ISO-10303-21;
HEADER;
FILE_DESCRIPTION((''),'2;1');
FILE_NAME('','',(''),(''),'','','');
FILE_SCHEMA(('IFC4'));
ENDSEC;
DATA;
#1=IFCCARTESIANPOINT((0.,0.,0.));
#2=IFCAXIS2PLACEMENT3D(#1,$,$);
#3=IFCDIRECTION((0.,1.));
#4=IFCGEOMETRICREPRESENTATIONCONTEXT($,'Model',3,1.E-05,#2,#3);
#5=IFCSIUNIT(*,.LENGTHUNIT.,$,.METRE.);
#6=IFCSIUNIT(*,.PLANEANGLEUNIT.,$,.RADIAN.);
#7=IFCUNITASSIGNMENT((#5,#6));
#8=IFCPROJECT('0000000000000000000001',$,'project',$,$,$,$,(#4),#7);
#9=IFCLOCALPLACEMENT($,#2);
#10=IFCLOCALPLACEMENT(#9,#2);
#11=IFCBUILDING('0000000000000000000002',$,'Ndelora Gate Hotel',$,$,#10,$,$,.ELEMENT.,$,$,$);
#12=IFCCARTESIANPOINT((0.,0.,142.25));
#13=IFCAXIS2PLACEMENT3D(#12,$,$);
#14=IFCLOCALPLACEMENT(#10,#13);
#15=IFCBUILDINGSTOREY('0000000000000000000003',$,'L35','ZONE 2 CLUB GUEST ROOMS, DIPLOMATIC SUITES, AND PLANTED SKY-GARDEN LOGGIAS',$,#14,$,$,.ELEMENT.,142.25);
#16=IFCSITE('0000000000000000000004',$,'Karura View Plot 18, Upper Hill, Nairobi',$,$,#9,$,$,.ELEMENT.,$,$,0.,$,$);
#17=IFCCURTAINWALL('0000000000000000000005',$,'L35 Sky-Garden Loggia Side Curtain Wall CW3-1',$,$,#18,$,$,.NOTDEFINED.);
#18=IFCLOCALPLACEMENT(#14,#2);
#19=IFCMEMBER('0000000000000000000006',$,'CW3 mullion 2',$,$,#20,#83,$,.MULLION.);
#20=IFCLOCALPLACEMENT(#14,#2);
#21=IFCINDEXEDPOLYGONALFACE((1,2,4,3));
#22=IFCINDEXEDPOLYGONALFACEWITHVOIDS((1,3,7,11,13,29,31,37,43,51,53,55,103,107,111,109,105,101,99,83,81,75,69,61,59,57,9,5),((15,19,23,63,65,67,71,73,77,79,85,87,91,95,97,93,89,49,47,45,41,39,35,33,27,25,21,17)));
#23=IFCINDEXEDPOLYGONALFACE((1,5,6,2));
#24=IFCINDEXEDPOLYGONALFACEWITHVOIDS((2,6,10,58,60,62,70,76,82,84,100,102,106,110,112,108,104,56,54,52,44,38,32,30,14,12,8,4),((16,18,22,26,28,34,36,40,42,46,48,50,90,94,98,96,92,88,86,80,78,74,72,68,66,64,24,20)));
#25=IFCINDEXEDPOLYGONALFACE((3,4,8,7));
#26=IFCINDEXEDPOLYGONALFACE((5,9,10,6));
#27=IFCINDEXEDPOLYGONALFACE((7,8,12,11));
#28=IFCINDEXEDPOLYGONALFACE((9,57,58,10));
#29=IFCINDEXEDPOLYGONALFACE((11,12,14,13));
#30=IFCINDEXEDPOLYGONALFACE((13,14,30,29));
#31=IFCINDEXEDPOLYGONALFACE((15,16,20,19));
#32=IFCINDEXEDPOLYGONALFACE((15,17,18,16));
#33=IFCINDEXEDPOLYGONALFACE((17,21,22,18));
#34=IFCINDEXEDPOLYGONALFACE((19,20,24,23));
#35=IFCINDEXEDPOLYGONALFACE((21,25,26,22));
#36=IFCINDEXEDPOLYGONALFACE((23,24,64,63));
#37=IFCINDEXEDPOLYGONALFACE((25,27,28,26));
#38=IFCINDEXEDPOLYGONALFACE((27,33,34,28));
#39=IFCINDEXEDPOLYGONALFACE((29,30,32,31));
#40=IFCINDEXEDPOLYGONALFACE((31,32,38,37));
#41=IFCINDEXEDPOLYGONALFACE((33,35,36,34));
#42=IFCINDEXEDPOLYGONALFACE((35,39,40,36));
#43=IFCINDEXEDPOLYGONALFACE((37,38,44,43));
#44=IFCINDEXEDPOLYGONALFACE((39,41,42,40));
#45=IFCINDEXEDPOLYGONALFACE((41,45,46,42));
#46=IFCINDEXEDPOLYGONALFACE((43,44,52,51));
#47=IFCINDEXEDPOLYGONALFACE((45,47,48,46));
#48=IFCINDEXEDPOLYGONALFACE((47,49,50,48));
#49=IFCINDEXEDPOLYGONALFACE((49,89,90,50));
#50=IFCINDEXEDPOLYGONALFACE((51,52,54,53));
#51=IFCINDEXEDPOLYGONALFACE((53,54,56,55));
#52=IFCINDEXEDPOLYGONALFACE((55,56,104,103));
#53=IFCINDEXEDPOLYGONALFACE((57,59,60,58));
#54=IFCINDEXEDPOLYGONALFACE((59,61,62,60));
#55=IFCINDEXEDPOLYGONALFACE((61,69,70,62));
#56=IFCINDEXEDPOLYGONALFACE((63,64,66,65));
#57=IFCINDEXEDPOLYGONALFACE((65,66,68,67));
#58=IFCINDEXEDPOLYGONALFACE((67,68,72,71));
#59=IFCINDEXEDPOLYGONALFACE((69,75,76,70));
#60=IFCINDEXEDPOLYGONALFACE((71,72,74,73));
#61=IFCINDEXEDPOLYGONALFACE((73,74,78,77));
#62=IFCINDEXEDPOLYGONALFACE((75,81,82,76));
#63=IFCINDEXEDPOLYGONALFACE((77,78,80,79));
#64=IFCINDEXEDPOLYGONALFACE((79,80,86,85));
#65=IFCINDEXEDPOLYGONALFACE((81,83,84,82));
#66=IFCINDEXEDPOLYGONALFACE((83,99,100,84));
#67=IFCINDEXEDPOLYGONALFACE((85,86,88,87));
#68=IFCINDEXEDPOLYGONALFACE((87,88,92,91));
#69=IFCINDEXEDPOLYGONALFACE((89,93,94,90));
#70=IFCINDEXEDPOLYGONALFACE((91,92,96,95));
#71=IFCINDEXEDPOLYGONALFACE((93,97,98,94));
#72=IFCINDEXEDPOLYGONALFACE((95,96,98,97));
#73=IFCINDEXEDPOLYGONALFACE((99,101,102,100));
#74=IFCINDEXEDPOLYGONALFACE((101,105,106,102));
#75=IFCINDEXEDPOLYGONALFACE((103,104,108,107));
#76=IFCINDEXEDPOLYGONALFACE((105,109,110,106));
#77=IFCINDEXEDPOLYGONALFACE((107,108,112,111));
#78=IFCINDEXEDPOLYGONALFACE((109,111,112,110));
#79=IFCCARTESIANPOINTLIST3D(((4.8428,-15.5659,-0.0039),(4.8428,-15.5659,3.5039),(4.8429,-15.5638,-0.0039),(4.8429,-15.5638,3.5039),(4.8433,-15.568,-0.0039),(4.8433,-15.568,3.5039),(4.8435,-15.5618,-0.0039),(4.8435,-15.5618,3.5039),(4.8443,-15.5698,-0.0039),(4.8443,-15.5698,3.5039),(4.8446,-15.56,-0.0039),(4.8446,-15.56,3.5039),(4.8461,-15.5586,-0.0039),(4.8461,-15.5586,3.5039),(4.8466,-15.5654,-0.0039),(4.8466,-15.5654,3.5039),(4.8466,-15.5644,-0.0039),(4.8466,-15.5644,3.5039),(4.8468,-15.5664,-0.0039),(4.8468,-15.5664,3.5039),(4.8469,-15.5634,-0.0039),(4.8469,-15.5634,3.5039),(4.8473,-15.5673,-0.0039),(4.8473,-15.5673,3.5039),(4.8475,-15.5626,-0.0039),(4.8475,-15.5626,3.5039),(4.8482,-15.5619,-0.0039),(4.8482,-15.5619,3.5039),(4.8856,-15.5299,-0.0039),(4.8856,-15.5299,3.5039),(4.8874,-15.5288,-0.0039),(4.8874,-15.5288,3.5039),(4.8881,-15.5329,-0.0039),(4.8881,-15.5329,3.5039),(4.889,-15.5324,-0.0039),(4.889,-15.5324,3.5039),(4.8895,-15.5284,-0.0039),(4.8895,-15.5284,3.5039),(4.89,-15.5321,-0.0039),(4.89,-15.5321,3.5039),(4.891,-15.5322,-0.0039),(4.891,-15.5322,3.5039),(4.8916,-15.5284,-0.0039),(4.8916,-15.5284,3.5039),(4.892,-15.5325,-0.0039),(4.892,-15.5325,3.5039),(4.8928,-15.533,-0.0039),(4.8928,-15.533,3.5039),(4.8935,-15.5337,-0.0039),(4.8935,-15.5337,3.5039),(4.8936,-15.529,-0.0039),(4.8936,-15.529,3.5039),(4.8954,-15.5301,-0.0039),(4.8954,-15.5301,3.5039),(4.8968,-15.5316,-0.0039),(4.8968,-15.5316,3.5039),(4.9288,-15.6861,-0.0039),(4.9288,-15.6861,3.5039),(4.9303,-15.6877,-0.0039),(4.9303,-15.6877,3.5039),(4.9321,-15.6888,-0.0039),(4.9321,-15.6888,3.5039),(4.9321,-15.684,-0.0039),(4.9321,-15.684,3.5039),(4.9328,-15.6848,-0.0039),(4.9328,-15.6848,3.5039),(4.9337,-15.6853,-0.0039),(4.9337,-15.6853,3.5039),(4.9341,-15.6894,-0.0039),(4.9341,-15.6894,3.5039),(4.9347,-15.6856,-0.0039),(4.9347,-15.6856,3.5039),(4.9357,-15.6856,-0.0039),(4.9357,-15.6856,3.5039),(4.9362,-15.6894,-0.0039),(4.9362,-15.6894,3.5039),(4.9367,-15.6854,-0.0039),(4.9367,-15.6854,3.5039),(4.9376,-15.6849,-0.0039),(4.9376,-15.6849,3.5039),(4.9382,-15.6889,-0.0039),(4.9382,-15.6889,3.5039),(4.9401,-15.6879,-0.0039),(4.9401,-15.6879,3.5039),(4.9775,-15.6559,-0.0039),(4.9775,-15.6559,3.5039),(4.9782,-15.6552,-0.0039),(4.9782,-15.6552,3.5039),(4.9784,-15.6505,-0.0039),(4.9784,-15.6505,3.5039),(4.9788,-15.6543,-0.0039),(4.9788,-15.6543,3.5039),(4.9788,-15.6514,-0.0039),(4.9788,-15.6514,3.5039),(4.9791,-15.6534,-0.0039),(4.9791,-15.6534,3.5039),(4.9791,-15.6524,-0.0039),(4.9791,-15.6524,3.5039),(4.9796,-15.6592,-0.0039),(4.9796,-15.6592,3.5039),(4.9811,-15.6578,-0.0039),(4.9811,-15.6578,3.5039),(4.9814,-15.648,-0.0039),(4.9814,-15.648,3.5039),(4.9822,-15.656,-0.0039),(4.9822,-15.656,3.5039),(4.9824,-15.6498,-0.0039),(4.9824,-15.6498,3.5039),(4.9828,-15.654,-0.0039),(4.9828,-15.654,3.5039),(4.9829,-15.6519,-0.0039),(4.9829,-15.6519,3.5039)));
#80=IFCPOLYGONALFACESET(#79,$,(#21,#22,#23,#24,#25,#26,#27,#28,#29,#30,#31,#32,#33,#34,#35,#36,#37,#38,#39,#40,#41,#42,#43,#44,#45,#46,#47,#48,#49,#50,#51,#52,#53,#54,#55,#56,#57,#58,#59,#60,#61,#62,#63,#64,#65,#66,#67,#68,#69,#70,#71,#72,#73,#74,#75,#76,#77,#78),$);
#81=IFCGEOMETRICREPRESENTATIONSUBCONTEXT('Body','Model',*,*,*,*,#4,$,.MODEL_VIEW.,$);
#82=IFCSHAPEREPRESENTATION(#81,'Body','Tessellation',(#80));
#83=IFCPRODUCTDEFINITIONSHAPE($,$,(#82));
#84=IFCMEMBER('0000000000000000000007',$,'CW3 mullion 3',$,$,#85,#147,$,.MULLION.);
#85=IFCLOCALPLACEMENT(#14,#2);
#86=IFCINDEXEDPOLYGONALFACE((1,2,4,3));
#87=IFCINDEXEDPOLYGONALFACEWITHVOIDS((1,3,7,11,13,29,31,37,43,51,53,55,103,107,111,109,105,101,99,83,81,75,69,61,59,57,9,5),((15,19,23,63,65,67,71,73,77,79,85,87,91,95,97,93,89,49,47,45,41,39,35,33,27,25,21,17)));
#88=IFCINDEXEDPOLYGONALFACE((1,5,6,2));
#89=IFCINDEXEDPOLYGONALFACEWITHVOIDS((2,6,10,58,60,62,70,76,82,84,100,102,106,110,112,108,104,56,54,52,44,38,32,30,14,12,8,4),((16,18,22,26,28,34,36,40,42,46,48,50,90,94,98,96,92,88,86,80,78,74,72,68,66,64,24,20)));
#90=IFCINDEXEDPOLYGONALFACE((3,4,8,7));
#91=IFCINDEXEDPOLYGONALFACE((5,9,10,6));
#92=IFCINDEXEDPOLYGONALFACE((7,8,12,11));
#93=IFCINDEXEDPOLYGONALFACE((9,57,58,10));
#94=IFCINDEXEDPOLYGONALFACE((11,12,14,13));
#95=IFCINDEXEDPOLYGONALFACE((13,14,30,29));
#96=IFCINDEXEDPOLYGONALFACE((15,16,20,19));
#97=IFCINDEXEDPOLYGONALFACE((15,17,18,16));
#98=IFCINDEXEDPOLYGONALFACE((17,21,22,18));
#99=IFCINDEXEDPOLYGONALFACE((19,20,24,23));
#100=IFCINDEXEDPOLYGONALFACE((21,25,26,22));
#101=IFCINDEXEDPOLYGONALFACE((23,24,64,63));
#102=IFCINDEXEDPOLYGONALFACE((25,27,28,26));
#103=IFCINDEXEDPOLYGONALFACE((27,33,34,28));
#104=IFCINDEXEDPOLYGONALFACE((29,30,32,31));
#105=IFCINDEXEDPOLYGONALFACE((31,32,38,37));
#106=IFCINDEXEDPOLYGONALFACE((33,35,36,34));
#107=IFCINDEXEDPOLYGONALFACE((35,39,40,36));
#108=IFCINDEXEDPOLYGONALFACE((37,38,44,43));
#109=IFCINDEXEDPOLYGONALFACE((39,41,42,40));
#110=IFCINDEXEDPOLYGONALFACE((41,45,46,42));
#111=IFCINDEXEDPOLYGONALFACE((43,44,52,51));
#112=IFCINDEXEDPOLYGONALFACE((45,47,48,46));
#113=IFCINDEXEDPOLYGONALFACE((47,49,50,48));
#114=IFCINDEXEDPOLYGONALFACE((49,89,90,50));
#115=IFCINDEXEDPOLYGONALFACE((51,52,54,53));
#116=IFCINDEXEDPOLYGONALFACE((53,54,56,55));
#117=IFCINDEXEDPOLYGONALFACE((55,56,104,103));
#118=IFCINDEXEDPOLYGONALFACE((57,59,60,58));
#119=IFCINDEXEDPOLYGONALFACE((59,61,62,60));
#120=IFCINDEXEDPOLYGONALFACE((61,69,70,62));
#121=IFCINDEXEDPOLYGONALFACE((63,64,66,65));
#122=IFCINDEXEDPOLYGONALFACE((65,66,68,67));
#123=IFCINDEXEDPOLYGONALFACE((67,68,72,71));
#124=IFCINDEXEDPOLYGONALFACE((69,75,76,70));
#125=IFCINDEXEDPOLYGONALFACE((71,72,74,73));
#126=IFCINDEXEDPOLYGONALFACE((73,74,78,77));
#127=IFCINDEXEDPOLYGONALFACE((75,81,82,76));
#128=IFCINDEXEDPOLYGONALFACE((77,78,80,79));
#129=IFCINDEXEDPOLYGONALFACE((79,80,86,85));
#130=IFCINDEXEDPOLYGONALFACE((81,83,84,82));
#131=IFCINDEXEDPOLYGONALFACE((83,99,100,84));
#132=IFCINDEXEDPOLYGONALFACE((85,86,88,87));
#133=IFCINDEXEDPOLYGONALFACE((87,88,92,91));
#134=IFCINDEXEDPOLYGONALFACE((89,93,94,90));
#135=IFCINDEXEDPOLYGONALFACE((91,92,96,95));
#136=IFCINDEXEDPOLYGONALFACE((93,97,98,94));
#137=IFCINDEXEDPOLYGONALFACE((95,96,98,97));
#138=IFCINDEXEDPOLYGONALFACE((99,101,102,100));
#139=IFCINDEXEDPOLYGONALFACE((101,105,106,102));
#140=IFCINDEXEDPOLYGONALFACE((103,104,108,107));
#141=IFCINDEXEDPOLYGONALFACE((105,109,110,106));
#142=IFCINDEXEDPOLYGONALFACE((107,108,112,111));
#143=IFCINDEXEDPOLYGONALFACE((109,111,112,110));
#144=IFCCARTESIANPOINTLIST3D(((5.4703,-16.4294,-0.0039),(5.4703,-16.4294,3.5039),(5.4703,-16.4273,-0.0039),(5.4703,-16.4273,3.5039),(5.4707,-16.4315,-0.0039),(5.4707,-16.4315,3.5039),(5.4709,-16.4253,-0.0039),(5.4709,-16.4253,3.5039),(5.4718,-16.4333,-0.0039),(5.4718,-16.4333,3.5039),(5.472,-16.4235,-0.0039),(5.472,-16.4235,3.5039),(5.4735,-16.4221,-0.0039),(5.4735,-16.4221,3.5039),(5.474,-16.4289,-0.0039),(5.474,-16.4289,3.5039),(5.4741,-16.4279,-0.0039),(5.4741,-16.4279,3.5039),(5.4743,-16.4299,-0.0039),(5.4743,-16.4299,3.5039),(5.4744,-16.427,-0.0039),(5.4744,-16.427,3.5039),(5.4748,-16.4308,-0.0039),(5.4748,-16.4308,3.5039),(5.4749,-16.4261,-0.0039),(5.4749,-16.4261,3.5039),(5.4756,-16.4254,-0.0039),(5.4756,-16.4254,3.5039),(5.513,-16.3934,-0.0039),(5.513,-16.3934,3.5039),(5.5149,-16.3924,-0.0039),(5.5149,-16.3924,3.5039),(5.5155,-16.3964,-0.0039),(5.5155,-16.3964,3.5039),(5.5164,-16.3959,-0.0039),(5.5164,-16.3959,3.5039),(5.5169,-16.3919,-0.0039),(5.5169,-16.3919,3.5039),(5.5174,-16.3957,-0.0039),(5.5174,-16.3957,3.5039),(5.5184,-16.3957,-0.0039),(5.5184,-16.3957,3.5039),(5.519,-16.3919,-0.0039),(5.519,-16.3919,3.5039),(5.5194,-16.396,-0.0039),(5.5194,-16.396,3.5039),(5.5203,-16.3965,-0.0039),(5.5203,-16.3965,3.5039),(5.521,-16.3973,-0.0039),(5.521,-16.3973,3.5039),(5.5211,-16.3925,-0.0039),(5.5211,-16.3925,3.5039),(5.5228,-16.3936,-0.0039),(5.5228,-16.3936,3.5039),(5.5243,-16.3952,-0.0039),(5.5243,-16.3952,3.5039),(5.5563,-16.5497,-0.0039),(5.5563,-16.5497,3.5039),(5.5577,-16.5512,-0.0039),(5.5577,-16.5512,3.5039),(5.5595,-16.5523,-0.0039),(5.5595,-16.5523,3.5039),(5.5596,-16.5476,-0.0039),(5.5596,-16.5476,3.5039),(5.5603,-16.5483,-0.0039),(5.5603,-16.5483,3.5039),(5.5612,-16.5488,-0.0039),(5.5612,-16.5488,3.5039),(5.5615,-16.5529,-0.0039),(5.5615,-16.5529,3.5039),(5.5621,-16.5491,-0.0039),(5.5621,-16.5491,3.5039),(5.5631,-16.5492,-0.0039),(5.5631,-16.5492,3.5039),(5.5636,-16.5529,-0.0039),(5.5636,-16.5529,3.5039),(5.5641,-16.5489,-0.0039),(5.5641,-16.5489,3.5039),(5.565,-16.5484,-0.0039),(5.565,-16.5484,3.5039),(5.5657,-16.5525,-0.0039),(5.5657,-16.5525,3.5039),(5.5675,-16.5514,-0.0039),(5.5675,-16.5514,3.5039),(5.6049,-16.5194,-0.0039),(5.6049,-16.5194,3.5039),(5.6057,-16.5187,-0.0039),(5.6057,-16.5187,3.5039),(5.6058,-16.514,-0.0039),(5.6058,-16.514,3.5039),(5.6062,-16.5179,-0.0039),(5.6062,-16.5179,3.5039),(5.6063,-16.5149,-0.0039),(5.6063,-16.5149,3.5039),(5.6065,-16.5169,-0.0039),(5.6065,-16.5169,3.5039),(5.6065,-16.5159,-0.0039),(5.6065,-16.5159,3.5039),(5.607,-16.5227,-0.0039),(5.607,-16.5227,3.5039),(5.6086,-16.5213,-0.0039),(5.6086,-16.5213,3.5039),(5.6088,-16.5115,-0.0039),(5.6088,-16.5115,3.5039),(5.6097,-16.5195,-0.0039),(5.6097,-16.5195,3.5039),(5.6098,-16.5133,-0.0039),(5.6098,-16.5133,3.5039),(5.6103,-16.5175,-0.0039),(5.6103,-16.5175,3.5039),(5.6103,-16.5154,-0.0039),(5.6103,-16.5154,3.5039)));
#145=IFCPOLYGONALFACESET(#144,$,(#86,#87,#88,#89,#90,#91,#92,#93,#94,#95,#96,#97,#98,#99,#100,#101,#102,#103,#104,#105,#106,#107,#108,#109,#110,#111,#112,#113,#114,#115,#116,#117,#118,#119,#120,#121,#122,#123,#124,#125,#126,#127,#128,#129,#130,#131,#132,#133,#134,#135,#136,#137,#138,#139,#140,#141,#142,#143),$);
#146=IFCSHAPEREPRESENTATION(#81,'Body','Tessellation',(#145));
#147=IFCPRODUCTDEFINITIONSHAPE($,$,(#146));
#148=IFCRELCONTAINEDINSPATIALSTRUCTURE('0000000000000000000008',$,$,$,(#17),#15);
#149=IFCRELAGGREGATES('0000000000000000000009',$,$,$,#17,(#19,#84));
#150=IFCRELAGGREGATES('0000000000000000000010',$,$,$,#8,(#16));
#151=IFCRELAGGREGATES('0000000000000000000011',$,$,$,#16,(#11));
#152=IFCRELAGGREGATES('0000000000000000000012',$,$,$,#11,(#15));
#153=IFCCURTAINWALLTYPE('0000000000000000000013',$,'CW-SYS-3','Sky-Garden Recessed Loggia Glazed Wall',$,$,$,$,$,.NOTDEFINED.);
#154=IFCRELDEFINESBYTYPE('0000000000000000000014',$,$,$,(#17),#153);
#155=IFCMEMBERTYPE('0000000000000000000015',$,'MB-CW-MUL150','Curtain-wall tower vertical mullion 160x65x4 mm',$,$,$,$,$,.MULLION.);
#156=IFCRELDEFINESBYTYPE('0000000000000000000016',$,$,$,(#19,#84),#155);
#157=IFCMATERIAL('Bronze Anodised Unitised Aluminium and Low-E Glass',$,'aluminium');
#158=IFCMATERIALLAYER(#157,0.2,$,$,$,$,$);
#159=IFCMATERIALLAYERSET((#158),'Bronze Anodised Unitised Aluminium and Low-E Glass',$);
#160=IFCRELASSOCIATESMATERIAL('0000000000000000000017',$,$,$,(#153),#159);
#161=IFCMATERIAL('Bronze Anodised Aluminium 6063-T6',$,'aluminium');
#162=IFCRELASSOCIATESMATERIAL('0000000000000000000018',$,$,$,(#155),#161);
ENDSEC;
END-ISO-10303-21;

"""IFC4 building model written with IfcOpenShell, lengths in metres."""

from ifc_helpers import new_model, si_unit, direction, frame, origin, origin_2d, place, context, subcontext, project, spatial, hollow_rectangle, extrude, material, layer, layer_set, material_profile, profile_set, type_object, element, aggregate, save


model = new_model("IFC4")

# Units and contexts
model_context = context("Model", 3, precision=1e-05, world=origin(), true_north=direction((0.0, 1.0)))
body_context = subcontext(model_context, "Body", "Model", "MODEL_VIEW")
ifc_project = project(units=[si_unit("LENGTHUNIT", "METRE"), si_unit("PLANEANGLEUNIT", "RADIAN")], contexts=[model_context])

# Site, building, storey
site_placement = place(None, origin())
site = spatial("IfcSite", under=ifc_project, at=site_placement, Name="Karura View Plot 18, Upper Hill, Nairobi", CompositionType="ELEMENT", RefElevation=0.0)
building_placement = place(site_placement, origin())
building = spatial("IfcBuilding", under=site, at=building_placement, Name="Ndelora Gate Hotel", CompositionType="ELEMENT")
storey_placement = place(building_placement, frame((0.0, 0.0, 142.25)))
storey = spatial("IfcBuildingStorey", under=building, at=storey_placement, Name="L35", Description="ZONE 2 CLUB GUEST ROOMS, DIPLOMATIC SUITES, AND PLANTED SKY-GARDEN LOGGIAS", CompositionType="ELEMENT", Elevation=142.25)

# Curtain wall, members
ifc_material_1 = material(Name="Bronze Anodised Unitised Aluminium and Low-E Glass", Category="aluminium")
ifc_layer_1 = layer(ifc_material_1, 0.2)
ifc_layer_set_1 = layer_set([ifc_layer_1], Name="Bronze Anodised Unitised Aluminium and Low-E Glass")
curtain_wall_type = type_object("IfcCurtainWallType", Name="CW-SYS-3", Description="Sky-Garden Recessed Loggia Glazed Wall", PredefinedType="NOTDEFINED", material=ifc_layer_set_1)
curtain_wall_placement = place(storey_placement, origin())
curtain_wall = element("IfcCurtainWall", 1, at=curtain_wall_placement, inside=storey, type_object=curtain_wall_type, Name="L35 Sky-Garden Loggia Side Curtain Wall CW3-1", PredefinedType="NOTDEFINED")
ifc_material_2 = material(Name="Bronze Anodised Aluminium 6063-T6", Category="aluminium")
ifc_material_profile_1 = material_profile(ifc_material_2, hollow_rectangle(XDim=0.0649, YDim=0.1599, WallThickness=0.0039, InnerFilletRadius=0.0039, OuterFilletRadius=0.0081, at=origin_2d()), Name="ALU 160x65x4")
ifc_profile_set_1 = profile_set([ifc_material_profile_1], Name="Bronze Anodised Aluminium 6063-T6")
member_type_1 = type_object("IfcMemberType", Name="MB-CW-MUL150", Description="Curtain-wall tower vertical mullion 160x65x4 mm", PredefinedType="MULLION", material=ifc_profile_set_1)
member_1_placement = place(storey_placement, frame((4.9128, -15.6089, -0.0039), z_axis=(0.0, 0.0, 1.0), x_axis=(0.809017, 0.587785, 0.0)))
member_1 = element("IfcMember", 2, at=member_1_placement, type_object=member_type_1, Name="CW3 mullion 2", PredefinedType="MULLION", context=body_context, shape_type="SweptSolid", body=[
    extrude(hollow_rectangle(XDim=0.0649, YDim=0.1599, WallThickness=0.0039, InnerFilletRadius=0.0039, OuterFilletRadius=0.0081, at=origin_2d()), origin(), (0.0, 0.0, 1.0), 3.5078),
])
member_2_placement = place(storey_placement, frame((5.5403, -16.4724, -0.0039), z_axis=(0.0, 0.0, 1.0), x_axis=(0.809017, 0.587785, 0.0)))
member_2 = element("IfcMember", 3, at=member_2_placement, type_object=member_type_1, Name="CW3 mullion 3", PredefinedType="MULLION", context=body_context, shape_type="SweptSolid", body=[
    extrude(hollow_rectangle(XDim=0.0649, YDim=0.1599, WallThickness=0.0039, InnerFilletRadius=0.0039, OuterFilletRadius=0.0081, at=origin_2d()), origin(), (0.0, 0.0, 1.0), 3.5078),
])
aggregate(curtain_wall, [member_1, member_2])

save(model, "model.ifc")
